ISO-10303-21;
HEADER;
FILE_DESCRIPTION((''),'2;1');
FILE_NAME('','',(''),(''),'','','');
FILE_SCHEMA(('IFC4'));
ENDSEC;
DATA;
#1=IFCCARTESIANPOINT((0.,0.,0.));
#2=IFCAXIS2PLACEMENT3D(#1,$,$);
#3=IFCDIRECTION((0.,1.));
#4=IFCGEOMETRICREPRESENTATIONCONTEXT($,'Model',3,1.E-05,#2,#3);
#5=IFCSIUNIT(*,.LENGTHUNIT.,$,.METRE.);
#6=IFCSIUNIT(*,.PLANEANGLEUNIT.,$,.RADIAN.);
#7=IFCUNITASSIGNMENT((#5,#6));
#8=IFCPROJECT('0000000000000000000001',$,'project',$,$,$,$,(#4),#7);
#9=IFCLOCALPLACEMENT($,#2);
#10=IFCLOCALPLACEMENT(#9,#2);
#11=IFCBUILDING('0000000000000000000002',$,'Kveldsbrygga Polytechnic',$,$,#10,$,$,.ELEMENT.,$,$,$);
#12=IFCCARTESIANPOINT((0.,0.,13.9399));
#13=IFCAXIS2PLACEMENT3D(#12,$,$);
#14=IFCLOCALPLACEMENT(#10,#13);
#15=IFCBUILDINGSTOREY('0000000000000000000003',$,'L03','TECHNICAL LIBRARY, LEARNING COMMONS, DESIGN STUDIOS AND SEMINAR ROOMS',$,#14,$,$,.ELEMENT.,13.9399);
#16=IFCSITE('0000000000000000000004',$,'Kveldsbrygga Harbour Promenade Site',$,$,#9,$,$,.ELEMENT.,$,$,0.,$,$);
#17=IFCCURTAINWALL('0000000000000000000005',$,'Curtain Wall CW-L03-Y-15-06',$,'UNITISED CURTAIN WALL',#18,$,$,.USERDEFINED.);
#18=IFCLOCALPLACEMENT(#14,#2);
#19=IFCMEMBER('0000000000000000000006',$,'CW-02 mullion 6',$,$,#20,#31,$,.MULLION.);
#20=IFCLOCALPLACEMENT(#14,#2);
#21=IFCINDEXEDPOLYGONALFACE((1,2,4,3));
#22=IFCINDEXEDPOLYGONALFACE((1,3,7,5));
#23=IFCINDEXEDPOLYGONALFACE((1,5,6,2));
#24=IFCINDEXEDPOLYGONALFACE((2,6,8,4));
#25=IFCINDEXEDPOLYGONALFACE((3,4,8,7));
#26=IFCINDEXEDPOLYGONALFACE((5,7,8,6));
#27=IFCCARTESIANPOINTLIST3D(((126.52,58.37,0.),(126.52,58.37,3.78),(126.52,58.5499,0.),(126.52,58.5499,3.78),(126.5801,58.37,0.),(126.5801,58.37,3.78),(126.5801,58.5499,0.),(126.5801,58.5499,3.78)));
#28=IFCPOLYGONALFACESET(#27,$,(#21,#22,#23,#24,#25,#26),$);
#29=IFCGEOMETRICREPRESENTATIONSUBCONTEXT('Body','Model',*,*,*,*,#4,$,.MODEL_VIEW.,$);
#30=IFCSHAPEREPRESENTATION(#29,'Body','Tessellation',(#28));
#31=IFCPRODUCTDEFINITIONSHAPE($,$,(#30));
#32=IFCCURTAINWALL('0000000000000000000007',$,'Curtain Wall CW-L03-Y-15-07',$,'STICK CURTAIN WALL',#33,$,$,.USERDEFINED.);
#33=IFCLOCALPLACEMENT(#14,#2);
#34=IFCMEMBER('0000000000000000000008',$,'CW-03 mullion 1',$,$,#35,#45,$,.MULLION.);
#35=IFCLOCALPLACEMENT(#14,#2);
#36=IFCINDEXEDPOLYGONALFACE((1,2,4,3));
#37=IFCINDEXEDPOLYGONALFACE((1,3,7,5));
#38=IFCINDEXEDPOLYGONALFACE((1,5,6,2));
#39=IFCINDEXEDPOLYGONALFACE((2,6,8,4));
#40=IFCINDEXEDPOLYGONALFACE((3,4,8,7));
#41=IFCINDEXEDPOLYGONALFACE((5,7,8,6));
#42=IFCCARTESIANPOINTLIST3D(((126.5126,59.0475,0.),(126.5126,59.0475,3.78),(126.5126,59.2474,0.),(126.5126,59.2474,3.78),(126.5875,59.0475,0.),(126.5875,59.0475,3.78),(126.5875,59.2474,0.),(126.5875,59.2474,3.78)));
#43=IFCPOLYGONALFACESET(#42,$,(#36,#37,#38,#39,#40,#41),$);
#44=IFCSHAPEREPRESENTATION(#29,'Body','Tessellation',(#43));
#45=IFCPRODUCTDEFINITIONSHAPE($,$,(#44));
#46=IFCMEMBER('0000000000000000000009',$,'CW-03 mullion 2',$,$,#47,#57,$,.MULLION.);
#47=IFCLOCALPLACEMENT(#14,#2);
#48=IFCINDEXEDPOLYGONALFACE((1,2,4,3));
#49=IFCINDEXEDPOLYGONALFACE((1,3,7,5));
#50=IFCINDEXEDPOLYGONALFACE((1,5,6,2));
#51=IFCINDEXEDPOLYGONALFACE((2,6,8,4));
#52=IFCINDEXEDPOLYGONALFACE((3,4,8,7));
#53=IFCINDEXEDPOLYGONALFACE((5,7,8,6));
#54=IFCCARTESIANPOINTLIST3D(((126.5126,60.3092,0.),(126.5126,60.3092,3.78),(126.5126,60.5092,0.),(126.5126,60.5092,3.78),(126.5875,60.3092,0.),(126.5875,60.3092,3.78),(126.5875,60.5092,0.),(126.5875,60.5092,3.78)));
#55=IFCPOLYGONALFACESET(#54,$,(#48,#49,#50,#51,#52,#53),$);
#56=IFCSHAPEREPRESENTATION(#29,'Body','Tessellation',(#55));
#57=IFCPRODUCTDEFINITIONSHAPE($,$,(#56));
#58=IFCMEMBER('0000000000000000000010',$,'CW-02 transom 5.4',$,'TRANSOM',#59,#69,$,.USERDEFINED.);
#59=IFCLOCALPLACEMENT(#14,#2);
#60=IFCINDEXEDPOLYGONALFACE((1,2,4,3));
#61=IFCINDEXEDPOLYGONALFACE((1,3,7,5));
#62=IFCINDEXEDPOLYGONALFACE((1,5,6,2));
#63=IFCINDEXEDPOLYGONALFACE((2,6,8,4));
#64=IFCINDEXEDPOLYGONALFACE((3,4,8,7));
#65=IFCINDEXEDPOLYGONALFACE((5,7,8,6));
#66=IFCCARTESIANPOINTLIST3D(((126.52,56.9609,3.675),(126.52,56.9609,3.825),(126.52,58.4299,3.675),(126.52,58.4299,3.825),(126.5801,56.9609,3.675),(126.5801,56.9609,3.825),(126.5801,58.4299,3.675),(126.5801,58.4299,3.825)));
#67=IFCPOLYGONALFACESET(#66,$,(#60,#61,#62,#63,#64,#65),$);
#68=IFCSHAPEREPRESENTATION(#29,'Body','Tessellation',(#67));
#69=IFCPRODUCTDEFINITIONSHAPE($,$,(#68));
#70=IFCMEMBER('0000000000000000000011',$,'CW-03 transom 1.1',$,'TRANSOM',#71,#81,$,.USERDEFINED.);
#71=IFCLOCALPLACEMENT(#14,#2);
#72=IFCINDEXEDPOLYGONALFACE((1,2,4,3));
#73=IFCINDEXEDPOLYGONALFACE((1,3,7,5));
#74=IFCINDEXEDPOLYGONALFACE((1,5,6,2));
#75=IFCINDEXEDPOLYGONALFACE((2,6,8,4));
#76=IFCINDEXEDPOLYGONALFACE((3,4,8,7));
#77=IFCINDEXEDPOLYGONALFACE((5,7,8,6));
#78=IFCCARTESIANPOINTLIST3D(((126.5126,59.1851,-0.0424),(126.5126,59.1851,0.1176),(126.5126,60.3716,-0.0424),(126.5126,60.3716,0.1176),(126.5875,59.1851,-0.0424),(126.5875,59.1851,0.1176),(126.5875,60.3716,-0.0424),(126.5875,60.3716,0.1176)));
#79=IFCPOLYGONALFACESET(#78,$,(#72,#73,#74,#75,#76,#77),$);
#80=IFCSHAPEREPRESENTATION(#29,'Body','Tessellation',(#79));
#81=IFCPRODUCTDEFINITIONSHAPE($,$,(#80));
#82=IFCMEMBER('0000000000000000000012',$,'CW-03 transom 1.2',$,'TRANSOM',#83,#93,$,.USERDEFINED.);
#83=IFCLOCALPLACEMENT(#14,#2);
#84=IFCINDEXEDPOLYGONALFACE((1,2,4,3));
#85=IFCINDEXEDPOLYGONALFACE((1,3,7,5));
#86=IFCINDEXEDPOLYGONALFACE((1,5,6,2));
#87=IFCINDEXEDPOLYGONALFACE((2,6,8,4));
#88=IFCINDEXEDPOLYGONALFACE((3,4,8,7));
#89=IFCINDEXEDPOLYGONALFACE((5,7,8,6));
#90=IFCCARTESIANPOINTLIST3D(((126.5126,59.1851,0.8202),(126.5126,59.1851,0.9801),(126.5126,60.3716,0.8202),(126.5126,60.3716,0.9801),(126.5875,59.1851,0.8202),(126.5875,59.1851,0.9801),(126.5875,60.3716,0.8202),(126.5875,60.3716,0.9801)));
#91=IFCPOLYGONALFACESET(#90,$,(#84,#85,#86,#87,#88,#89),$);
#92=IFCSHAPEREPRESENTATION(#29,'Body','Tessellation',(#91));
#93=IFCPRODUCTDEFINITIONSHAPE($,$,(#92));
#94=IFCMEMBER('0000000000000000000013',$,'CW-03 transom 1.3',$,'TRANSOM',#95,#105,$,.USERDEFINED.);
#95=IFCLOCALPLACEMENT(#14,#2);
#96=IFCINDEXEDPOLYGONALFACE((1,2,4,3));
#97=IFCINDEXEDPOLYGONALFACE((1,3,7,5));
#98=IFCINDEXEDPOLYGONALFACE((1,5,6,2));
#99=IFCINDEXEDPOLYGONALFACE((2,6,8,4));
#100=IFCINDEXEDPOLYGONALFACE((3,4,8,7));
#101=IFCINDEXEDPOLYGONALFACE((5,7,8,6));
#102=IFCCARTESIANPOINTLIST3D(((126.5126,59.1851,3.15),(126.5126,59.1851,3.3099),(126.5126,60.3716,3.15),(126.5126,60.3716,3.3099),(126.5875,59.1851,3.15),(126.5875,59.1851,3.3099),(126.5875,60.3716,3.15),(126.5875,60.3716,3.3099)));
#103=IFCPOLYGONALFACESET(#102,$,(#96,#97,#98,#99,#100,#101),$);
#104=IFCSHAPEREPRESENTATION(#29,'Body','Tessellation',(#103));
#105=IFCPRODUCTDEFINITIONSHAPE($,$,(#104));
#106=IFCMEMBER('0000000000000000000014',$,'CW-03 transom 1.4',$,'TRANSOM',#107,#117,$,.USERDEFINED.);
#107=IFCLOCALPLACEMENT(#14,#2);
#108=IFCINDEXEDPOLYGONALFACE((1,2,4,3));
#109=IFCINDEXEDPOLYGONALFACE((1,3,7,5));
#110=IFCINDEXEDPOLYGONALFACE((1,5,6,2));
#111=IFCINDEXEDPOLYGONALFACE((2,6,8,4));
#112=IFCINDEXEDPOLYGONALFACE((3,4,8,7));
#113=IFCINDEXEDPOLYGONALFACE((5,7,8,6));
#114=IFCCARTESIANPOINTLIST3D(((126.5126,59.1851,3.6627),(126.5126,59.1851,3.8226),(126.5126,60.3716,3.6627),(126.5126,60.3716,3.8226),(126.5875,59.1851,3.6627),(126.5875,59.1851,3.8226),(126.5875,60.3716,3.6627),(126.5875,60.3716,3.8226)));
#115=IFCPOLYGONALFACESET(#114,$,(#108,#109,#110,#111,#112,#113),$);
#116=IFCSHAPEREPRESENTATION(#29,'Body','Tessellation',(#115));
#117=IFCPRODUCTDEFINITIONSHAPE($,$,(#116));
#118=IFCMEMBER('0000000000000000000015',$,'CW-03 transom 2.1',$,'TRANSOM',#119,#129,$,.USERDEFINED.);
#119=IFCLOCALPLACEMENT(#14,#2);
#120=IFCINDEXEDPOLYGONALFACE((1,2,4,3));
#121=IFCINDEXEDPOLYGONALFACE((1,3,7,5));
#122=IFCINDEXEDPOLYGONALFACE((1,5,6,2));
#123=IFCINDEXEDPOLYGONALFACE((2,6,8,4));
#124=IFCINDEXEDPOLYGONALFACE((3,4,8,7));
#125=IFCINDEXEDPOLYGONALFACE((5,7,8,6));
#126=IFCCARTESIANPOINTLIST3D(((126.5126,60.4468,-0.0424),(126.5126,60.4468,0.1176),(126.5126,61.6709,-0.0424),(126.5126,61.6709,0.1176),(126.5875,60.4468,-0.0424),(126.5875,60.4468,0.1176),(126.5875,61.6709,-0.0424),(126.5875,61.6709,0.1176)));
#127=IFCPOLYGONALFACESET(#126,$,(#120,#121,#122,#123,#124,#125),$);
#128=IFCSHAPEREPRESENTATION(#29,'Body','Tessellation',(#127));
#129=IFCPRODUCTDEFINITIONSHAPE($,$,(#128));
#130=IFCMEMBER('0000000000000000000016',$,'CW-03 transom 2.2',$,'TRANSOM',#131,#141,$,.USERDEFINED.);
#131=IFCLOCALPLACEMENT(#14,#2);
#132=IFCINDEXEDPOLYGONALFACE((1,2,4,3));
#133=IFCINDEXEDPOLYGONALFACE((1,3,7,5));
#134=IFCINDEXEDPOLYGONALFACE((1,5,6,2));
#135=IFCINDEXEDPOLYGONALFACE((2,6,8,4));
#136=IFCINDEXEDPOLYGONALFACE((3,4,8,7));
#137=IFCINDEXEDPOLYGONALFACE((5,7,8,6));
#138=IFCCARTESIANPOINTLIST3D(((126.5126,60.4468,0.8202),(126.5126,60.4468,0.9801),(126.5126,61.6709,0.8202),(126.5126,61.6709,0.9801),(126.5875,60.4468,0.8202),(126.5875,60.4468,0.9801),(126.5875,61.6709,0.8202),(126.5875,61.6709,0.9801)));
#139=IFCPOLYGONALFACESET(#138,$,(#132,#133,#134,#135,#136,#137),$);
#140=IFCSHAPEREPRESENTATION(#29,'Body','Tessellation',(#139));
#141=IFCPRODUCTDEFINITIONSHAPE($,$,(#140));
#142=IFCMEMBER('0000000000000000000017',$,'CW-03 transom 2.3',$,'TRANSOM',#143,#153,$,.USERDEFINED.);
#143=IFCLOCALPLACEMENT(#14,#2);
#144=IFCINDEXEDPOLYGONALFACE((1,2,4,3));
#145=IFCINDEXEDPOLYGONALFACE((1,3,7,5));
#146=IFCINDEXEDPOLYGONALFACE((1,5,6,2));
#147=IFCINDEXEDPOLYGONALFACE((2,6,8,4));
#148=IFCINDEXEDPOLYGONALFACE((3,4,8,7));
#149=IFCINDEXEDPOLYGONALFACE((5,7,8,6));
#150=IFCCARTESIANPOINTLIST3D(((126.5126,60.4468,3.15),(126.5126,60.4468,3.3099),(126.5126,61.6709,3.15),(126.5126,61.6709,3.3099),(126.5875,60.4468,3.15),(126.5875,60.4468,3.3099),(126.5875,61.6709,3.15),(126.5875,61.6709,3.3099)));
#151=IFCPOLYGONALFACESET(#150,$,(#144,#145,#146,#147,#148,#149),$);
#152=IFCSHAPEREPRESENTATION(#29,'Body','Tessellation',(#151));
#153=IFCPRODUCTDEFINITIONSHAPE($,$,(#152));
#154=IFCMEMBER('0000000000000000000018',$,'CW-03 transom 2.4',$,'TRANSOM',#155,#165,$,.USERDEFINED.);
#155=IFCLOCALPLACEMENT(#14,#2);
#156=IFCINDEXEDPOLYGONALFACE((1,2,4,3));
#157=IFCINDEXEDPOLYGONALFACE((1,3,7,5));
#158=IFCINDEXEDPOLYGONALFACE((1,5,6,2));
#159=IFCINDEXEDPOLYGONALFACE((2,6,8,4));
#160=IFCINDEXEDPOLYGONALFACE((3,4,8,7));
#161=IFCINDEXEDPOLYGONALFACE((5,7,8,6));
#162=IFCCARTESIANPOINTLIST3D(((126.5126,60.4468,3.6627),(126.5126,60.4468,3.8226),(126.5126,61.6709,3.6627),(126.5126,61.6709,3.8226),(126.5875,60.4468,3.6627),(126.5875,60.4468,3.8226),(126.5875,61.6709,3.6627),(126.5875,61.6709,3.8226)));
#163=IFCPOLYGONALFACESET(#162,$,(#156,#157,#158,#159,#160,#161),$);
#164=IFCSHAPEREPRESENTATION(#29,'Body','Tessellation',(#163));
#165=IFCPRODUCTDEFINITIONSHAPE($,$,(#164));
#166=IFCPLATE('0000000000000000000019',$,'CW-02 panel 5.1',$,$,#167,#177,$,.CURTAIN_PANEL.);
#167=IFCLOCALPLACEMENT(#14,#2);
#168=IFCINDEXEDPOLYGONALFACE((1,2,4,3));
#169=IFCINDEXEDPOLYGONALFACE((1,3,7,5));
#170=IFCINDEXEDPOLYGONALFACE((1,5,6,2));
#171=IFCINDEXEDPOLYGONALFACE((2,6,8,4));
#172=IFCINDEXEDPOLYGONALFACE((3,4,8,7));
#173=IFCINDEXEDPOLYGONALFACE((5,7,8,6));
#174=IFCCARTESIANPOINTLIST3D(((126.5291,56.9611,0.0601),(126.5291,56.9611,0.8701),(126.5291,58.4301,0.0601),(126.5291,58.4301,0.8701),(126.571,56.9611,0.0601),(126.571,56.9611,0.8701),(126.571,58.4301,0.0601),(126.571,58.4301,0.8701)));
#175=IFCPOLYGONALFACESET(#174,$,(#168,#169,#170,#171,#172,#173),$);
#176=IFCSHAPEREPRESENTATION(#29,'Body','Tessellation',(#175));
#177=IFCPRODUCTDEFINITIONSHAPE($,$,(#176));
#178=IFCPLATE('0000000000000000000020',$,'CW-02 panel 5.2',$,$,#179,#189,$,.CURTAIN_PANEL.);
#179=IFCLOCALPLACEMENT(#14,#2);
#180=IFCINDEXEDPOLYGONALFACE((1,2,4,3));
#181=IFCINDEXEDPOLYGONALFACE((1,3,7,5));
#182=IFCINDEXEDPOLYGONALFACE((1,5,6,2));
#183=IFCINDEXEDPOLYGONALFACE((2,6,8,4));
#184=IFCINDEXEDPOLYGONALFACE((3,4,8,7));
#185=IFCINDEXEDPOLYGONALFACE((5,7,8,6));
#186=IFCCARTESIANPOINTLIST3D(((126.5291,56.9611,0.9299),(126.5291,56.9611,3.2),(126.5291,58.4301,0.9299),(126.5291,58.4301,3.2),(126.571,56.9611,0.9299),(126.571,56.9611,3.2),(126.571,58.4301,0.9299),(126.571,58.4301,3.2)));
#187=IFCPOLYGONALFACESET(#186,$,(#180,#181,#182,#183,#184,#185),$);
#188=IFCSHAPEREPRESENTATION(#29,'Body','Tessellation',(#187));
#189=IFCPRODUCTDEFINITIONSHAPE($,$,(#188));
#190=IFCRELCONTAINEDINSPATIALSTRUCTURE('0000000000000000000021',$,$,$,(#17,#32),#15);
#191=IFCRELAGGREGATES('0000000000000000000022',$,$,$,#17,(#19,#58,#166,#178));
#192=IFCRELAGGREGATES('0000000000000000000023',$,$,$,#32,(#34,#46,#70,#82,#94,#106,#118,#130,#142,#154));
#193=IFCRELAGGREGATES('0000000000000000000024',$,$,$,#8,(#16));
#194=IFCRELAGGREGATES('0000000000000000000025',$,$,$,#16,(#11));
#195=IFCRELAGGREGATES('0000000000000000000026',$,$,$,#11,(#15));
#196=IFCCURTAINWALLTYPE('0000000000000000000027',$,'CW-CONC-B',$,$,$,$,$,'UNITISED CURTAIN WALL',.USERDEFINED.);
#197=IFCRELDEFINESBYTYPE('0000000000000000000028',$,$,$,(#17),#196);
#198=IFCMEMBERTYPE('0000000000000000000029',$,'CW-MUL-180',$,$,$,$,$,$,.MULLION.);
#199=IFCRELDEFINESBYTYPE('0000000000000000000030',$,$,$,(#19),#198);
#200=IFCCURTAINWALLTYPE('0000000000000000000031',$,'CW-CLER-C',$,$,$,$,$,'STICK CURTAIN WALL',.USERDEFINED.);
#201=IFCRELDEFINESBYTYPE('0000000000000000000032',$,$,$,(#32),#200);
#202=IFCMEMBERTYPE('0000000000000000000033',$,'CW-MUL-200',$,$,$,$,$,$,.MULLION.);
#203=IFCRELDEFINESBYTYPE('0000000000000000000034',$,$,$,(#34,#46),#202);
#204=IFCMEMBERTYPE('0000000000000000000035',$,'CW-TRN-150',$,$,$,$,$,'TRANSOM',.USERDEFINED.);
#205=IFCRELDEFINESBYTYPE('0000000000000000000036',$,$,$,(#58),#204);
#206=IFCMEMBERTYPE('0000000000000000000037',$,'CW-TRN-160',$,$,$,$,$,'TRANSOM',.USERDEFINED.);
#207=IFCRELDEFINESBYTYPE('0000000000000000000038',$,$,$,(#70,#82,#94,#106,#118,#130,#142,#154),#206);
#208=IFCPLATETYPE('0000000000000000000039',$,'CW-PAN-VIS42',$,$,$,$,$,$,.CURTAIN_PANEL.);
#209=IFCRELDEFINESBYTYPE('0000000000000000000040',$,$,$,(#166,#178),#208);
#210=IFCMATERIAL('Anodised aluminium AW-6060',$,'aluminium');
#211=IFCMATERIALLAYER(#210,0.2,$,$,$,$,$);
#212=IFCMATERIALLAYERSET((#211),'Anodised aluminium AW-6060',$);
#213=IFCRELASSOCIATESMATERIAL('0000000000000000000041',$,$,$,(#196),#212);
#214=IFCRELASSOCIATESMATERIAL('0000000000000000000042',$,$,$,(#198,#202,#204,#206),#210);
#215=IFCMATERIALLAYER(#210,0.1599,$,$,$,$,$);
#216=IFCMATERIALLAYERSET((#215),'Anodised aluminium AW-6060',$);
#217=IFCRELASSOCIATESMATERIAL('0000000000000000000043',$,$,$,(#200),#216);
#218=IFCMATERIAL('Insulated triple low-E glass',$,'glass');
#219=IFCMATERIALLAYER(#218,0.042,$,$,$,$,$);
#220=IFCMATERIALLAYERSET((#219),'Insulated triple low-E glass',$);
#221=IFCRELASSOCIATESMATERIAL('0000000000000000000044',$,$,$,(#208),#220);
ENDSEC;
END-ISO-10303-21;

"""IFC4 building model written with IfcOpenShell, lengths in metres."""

from ifc_helpers import new_model, si_unit, direction, frame, origin, origin_2d, place, context, subcontext, project, spatial, rectangle, extrude, material, layer, layer_set, material_profile, profile_set, type_object, element, aggregate, save


model = new_model("IFC4")

# Units and contexts
model_context = context("Model", 3, precision=1e-05, world=origin(), true_north=direction((0.0, 1.0)))
body_context = subcontext(model_context, "Body", "Model", "MODEL_VIEW")
ifc_project = project(units=[si_unit("LENGTHUNIT", "METRE"), si_unit("PLANEANGLEUNIT", "RADIAN")], contexts=[model_context])

# Site, building, storey
site_placement = place(None, origin())
site = spatial("IfcSite", under=ifc_project, at=site_placement, Name="Kveldsbrygga Harbour Promenade Site", CompositionType="ELEMENT", RefElevation=0.0)
building_placement = place(site_placement, origin())
building = spatial("IfcBuilding", under=site, at=building_placement, Name="Kveldsbrygga Polytechnic", CompositionType="ELEMENT")
storey_placement = place(building_placement, frame((0.0, 0.0, 13.9399)))
storey = spatial("IfcBuildingStorey", under=building, at=storey_placement, Name="L03", Description="TECHNICAL LIBRARY, LEARNING COMMONS, DESIGN STUDIOS AND SEMINAR ROOMS", CompositionType="ELEMENT", Elevation=13.9399)

# Curtain wall, member
ifc_material_1 = material(Name="Anodised aluminium AW-6060", Category="aluminium")
ifc_layer_1 = layer(ifc_material_1, 0.2)
ifc_layer_set_1 = layer_set([ifc_layer_1], Name="Anodised aluminium AW-6060")
curtain_wall_type_1 = type_object("IfcCurtainWallType", Name="CW-CONC-B", ElementType="UNITISED CURTAIN WALL", PredefinedType="USERDEFINED", material=ifc_layer_set_1)
curtain_wall_1_placement = place(storey_placement, origin())
curtain_wall_1 = element("IfcCurtainWall", 1, at=curtain_wall_1_placement, inside=storey, type_object=curtain_wall_type_1, Name="Curtain Wall CW-L03-Y-15-06", ObjectType="UNITISED CURTAIN WALL", PredefinedType="USERDEFINED")
ifc_material_profile_1 = material_profile(ifc_material_1, rectangle(XDim=0.0601, YDim=0.1799, at=origin_2d()), Name="ALU 60x180")
ifc_profile_set_1 = profile_set([ifc_material_profile_1], Name="Anodised aluminium AW-6060")
member_type_1 = type_object("IfcMemberType", Name="CW-MUL-180", PredefinedType="MULLION", material=ifc_profile_set_1)
member_1_placement = place(storey_placement, frame((126.55, 58.46, 0.0), z_axis=(0.0, 0.0, 1.0), x_axis=(-1.0, 0.0, 0.0)))
member_1 = element("IfcMember", 2, at=member_1_placement, type_object=member_type_1, Name="CW-02 mullion 6", PredefinedType="MULLION", context=body_context, shape_type="SweptSolid", body=[
    extrude(rectangle(XDim=0.0601, YDim=0.1799, at=origin_2d()), origin(), (0.0, 0.0, 1.0), 3.78),
])

# Curtain wall, members
ifc_layer_2 = layer(ifc_material_1, 0.1599)
ifc_layer_set_2 = layer_set([ifc_layer_2], Name="Anodised aluminium AW-6060")
curtain_wall_type_2 = type_object("IfcCurtainWallType", Name="CW-CLER-C", ElementType="STICK CURTAIN WALL", PredefinedType="USERDEFINED", material=ifc_layer_set_2)
curtain_wall_2_placement = place(storey_placement, origin())
curtain_wall_2 = element("IfcCurtainWall", 3, at=curtain_wall_2_placement, inside=storey, type_object=curtain_wall_type_2, Name="Curtain Wall CW-L03-Y-15-07", ObjectType="STICK CURTAIN WALL", PredefinedType="USERDEFINED")
ifc_material_profile_2 = material_profile(ifc_material_1, rectangle(XDim=0.075, YDim=0.2, at=origin_2d()), Name="ALU 75x200")
ifc_profile_set_2 = profile_set([ifc_material_profile_2], Name="Anodised aluminium AW-6060")
member_type_2 = type_object("IfcMemberType", Name="CW-MUL-200", PredefinedType="MULLION", material=ifc_profile_set_2)
member_2_placement = place(storey_placement, frame((126.55, 59.1475, 0.0), z_axis=(0.0, 0.0, 1.0), x_axis=(-1.0, 0.0, 0.0)))
member_2 = element("IfcMember", 4, at=member_2_placement, type_object=member_type_2, Name="CW-03 mullion 1", PredefinedType="MULLION", context=body_context, shape_type="SweptSolid", body=[
    extrude(rectangle(XDim=0.075, YDim=0.2, at=origin_2d()), origin(), (0.0, 0.0, 1.0), 3.78),
])
member_3_placement = place(storey_placement, frame((126.55, 60.4092, 0.0), z_axis=(0.0, 0.0, 1.0), x_axis=(-1.0, 0.0, 0.0)))
member_3 = element("IfcMember", 5, at=member_3_placement, type_object=member_type_2, Name="CW-03 mullion 2", PredefinedType="MULLION", context=body_context, shape_type="SweptSolid", body=[
    extrude(rectangle(XDim=0.075, YDim=0.2, at=origin_2d()), origin(), (0.0, 0.0, 1.0), 3.78),
])

# Members
ifc_material_profile_3 = material_profile(ifc_material_1, rectangle(XDim=0.0601, YDim=0.1499, at=origin_2d()), Name="ALU 60x150")
ifc_profile_set_3 = profile_set([ifc_material_profile_3], Name="Anodised aluminium AW-6060")
member_type_3 = type_object("IfcMemberType", Name="CW-TRN-150", ElementType="TRANSOM", PredefinedType="USERDEFINED", material=ifc_profile_set_3)
member_4_placement = place(storey_placement, frame((126.55, 56.9609, 3.75), z_axis=(0.0, 1.0, 0.0), x_axis=(-1.0, 0.0, 0.0)))
member_4 = element("IfcMember", 6, at=member_4_placement, type_object=member_type_3, Name="CW-02 transom 5.4", ObjectType="TRANSOM", PredefinedType="USERDEFINED", context=body_context, shape_type="SweptSolid", body=[
    extrude(rectangle(XDim=0.0601, YDim=0.1499, at=origin_2d()), origin(), (0.0, 0.0, 1.0), 1.469),
])
ifc_material_profile_4 = material_profile(ifc_material_1, rectangle(XDim=0.075, YDim=0.1599, at=origin_2d()), Name="ALU 75x160")
ifc_profile_set_4 = profile_set([ifc_material_profile_4], Name="Anodised aluminium AW-6060")
member_type_4 = type_object("IfcMemberType", Name="CW-TRN-160", ElementType="TRANSOM", PredefinedType="USERDEFINED", material=ifc_profile_set_4)
member_5_placement = place(storey_placement, frame((126.55, 59.1851, 0.0376), z_axis=(0.0, 1.0, 0.0), x_axis=(-1.0, 0.0, 0.0)))
member_5 = element("IfcMember", 7, at=member_5_placement, type_object=member_type_4, Name="CW-03 transom 1.1", ObjectType="TRANSOM", PredefinedType="USERDEFINED", context=body_context, shape_type="SweptSolid", body=[
    extrude(rectangle(XDim=0.075, YDim=0.1599, at=origin_2d()), origin(), (0.0, 0.0, 1.0), 1.1865),
])
member_6_placement = place(storey_placement, frame((126.55, 59.1851, 0.9001), z_axis=(0.0, 1.0, 0.0), x_axis=(-1.0, 0.0, 0.0)))
member_6 = element("IfcMember", 8, at=member_6_placement, type_object=member_type_4, Name="CW-03 transom 1.2", ObjectType="TRANSOM", PredefinedType="USERDEFINED", context=body_context, shape_type="SweptSolid", body=[
    extrude(rectangle(XDim=0.075, YDim=0.1599, at=origin_2d()), origin(), (0.0, 0.0, 1.0), 1.1865),
])
member_7_placement = place(storey_placement, frame((126.55, 59.1851, 3.23), z_axis=(0.0, 1.0, 0.0), x_axis=(-1.0, 0.0, 0.0)))
member_7 = element("IfcMember", 9, at=member_7_placement, type_object=member_type_4, Name="CW-03 transom 1.3", ObjectType="TRANSOM", PredefinedType="USERDEFINED", context=body_context, shape_type="SweptSolid", body=[
    extrude(rectangle(XDim=0.075, YDim=0.1599, at=origin_2d()), origin(), (0.0, 0.0, 1.0), 1.1865),
])
member_8_placement = place(storey_placement, frame((126.55, 59.1851, 3.7427), z_axis=(0.0, 1.0, 0.0), x_axis=(-1.0, 0.0, 0.0)))
member_8 = element("IfcMember", 10, at=member_8_placement, type_object=member_type_4, Name="CW-03 transom 1.4", ObjectType="TRANSOM", PredefinedType="USERDEFINED", context=body_context, shape_type="SweptSolid", body=[
    extrude(rectangle(XDim=0.075, YDim=0.1599, at=origin_2d()), origin(), (0.0, 0.0, 1.0), 1.1865),
])
member_9_placement = place(storey_placement, frame((126.55, 60.4468, 0.0376), z_axis=(0.0, 1.0, 0.0), x_axis=(-1.0, 0.0, 0.0)))
member_9 = element("IfcMember", 11, at=member_9_placement, type_object=member_type_4, Name="CW-03 transom 2.1", ObjectType="TRANSOM", PredefinedType="USERDEFINED", context=body_context, shape_type="SweptSolid", body=[
    extrude(rectangle(XDim=0.075, YDim=0.1599, at=origin_2d()), origin(), (0.0, 0.0, 1.0), 1.2241),
])
member_10_placement = place(storey_placement, frame((126.55, 60.4468, 0.9001), z_axis=(0.0, 1.0, 0.0), x_axis=(-1.0, 0.0, 0.0)))
member_10 = element("IfcMember", 12, at=member_10_placement, type_object=member_type_4, Name="CW-03 transom 2.2", ObjectType="TRANSOM", PredefinedType="USERDEFINED", context=body_context, shape_type="SweptSolid", body=[
    extrude(rectangle(XDim=0.075, YDim=0.1599, at=origin_2d()), origin(), (0.0, 0.0, 1.0), 1.2241),
])
member_11_placement = place(storey_placement, frame((126.55, 60.4468, 3.23), z_axis=(0.0, 1.0, 0.0), x_axis=(-1.0, 0.0, 0.0)))
member_11 = element("IfcMember", 13, at=member_11_placement, type_object=member_type_4, Name="CW-03 transom 2.3", ObjectType="TRANSOM", PredefinedType="USERDEFINED", context=body_context, shape_type="SweptSolid", body=[
    extrude(rectangle(XDim=0.075, YDim=0.1599, at=origin_2d()), origin(), (0.0, 0.0, 1.0), 1.2241),
])
member_12_placement = place(storey_placement, frame((126.55, 60.4468, 3.7427), z_axis=(0.0, 1.0, 0.0), x_axis=(-1.0, 0.0, 0.0)))
member_12 = element("IfcMember", 14, at=member_12_placement, type_object=member_type_4, Name="CW-03 transom 2.4", ObjectType="TRANSOM", PredefinedType="USERDEFINED", context=body_context, shape_type="SweptSolid", body=[
    extrude(rectangle(XDim=0.075, YDim=0.1599, at=origin_2d()), origin(), (0.0, 0.0, 1.0), 1.2241),
])

# Plates
ifc_material_2 = material(Name="Insulated triple low-E glass", Category="glass")
ifc_layer_3 = layer(ifc_material_2, 0.042)
ifc_layer_set_3 = layer_set([ifc_layer_3], Name="Insulated triple low-E glass")
plate_type_1 = type_object("IfcPlateType", Name="CW-PAN-VIS42", PredefinedType="CURTAIN_PANEL", material=ifc_layer_set_3)
plate_1_placement = place(storey_placement, frame((126.55, 57.6956, 0.0601), z_axis=(0.0, 0.0, 1.0), x_axis=(0.0, 1.0, 0.0)))
plate_1 = element("IfcPlate", 15, at=plate_1_placement, type_object=plate_type_1, Name="CW-02 panel 5.1", PredefinedType="CURTAIN_PANEL", context=body_context, shape_type="SweptSolid", body=[
    extrude(rectangle(XDim=1.469, YDim=0.042, at=origin_2d()), origin(), (0.0, 0.0, 1.0), 0.8101),
])
plate_2_placement = place(storey_placement, frame((126.55, 57.6956, 0.9299), z_axis=(0.0, 0.0, 1.0), x_axis=(0.0, 1.0, 0.0)))
plate_2 = element("IfcPlate", 16, at=plate_2_placement, type_object=plate_type_1, Name="CW-02 panel 5.2", PredefinedType="CURTAIN_PANEL", context=body_context, shape_type="SweptSolid", body=[
    extrude(rectangle(XDim=1.469, YDim=0.042, at=origin_2d()), origin(), (0.0, 0.0, 1.0), 2.27),
])
aggregate(curtain_wall_1, [member_1, member_4, plate_1, plate_2])
aggregate(curtain_wall_2, [member_2, member_3, member_5, member_6, member_7, member_8, member_9, member_10, member_11, member_12])

save(model, "model.ifc")
